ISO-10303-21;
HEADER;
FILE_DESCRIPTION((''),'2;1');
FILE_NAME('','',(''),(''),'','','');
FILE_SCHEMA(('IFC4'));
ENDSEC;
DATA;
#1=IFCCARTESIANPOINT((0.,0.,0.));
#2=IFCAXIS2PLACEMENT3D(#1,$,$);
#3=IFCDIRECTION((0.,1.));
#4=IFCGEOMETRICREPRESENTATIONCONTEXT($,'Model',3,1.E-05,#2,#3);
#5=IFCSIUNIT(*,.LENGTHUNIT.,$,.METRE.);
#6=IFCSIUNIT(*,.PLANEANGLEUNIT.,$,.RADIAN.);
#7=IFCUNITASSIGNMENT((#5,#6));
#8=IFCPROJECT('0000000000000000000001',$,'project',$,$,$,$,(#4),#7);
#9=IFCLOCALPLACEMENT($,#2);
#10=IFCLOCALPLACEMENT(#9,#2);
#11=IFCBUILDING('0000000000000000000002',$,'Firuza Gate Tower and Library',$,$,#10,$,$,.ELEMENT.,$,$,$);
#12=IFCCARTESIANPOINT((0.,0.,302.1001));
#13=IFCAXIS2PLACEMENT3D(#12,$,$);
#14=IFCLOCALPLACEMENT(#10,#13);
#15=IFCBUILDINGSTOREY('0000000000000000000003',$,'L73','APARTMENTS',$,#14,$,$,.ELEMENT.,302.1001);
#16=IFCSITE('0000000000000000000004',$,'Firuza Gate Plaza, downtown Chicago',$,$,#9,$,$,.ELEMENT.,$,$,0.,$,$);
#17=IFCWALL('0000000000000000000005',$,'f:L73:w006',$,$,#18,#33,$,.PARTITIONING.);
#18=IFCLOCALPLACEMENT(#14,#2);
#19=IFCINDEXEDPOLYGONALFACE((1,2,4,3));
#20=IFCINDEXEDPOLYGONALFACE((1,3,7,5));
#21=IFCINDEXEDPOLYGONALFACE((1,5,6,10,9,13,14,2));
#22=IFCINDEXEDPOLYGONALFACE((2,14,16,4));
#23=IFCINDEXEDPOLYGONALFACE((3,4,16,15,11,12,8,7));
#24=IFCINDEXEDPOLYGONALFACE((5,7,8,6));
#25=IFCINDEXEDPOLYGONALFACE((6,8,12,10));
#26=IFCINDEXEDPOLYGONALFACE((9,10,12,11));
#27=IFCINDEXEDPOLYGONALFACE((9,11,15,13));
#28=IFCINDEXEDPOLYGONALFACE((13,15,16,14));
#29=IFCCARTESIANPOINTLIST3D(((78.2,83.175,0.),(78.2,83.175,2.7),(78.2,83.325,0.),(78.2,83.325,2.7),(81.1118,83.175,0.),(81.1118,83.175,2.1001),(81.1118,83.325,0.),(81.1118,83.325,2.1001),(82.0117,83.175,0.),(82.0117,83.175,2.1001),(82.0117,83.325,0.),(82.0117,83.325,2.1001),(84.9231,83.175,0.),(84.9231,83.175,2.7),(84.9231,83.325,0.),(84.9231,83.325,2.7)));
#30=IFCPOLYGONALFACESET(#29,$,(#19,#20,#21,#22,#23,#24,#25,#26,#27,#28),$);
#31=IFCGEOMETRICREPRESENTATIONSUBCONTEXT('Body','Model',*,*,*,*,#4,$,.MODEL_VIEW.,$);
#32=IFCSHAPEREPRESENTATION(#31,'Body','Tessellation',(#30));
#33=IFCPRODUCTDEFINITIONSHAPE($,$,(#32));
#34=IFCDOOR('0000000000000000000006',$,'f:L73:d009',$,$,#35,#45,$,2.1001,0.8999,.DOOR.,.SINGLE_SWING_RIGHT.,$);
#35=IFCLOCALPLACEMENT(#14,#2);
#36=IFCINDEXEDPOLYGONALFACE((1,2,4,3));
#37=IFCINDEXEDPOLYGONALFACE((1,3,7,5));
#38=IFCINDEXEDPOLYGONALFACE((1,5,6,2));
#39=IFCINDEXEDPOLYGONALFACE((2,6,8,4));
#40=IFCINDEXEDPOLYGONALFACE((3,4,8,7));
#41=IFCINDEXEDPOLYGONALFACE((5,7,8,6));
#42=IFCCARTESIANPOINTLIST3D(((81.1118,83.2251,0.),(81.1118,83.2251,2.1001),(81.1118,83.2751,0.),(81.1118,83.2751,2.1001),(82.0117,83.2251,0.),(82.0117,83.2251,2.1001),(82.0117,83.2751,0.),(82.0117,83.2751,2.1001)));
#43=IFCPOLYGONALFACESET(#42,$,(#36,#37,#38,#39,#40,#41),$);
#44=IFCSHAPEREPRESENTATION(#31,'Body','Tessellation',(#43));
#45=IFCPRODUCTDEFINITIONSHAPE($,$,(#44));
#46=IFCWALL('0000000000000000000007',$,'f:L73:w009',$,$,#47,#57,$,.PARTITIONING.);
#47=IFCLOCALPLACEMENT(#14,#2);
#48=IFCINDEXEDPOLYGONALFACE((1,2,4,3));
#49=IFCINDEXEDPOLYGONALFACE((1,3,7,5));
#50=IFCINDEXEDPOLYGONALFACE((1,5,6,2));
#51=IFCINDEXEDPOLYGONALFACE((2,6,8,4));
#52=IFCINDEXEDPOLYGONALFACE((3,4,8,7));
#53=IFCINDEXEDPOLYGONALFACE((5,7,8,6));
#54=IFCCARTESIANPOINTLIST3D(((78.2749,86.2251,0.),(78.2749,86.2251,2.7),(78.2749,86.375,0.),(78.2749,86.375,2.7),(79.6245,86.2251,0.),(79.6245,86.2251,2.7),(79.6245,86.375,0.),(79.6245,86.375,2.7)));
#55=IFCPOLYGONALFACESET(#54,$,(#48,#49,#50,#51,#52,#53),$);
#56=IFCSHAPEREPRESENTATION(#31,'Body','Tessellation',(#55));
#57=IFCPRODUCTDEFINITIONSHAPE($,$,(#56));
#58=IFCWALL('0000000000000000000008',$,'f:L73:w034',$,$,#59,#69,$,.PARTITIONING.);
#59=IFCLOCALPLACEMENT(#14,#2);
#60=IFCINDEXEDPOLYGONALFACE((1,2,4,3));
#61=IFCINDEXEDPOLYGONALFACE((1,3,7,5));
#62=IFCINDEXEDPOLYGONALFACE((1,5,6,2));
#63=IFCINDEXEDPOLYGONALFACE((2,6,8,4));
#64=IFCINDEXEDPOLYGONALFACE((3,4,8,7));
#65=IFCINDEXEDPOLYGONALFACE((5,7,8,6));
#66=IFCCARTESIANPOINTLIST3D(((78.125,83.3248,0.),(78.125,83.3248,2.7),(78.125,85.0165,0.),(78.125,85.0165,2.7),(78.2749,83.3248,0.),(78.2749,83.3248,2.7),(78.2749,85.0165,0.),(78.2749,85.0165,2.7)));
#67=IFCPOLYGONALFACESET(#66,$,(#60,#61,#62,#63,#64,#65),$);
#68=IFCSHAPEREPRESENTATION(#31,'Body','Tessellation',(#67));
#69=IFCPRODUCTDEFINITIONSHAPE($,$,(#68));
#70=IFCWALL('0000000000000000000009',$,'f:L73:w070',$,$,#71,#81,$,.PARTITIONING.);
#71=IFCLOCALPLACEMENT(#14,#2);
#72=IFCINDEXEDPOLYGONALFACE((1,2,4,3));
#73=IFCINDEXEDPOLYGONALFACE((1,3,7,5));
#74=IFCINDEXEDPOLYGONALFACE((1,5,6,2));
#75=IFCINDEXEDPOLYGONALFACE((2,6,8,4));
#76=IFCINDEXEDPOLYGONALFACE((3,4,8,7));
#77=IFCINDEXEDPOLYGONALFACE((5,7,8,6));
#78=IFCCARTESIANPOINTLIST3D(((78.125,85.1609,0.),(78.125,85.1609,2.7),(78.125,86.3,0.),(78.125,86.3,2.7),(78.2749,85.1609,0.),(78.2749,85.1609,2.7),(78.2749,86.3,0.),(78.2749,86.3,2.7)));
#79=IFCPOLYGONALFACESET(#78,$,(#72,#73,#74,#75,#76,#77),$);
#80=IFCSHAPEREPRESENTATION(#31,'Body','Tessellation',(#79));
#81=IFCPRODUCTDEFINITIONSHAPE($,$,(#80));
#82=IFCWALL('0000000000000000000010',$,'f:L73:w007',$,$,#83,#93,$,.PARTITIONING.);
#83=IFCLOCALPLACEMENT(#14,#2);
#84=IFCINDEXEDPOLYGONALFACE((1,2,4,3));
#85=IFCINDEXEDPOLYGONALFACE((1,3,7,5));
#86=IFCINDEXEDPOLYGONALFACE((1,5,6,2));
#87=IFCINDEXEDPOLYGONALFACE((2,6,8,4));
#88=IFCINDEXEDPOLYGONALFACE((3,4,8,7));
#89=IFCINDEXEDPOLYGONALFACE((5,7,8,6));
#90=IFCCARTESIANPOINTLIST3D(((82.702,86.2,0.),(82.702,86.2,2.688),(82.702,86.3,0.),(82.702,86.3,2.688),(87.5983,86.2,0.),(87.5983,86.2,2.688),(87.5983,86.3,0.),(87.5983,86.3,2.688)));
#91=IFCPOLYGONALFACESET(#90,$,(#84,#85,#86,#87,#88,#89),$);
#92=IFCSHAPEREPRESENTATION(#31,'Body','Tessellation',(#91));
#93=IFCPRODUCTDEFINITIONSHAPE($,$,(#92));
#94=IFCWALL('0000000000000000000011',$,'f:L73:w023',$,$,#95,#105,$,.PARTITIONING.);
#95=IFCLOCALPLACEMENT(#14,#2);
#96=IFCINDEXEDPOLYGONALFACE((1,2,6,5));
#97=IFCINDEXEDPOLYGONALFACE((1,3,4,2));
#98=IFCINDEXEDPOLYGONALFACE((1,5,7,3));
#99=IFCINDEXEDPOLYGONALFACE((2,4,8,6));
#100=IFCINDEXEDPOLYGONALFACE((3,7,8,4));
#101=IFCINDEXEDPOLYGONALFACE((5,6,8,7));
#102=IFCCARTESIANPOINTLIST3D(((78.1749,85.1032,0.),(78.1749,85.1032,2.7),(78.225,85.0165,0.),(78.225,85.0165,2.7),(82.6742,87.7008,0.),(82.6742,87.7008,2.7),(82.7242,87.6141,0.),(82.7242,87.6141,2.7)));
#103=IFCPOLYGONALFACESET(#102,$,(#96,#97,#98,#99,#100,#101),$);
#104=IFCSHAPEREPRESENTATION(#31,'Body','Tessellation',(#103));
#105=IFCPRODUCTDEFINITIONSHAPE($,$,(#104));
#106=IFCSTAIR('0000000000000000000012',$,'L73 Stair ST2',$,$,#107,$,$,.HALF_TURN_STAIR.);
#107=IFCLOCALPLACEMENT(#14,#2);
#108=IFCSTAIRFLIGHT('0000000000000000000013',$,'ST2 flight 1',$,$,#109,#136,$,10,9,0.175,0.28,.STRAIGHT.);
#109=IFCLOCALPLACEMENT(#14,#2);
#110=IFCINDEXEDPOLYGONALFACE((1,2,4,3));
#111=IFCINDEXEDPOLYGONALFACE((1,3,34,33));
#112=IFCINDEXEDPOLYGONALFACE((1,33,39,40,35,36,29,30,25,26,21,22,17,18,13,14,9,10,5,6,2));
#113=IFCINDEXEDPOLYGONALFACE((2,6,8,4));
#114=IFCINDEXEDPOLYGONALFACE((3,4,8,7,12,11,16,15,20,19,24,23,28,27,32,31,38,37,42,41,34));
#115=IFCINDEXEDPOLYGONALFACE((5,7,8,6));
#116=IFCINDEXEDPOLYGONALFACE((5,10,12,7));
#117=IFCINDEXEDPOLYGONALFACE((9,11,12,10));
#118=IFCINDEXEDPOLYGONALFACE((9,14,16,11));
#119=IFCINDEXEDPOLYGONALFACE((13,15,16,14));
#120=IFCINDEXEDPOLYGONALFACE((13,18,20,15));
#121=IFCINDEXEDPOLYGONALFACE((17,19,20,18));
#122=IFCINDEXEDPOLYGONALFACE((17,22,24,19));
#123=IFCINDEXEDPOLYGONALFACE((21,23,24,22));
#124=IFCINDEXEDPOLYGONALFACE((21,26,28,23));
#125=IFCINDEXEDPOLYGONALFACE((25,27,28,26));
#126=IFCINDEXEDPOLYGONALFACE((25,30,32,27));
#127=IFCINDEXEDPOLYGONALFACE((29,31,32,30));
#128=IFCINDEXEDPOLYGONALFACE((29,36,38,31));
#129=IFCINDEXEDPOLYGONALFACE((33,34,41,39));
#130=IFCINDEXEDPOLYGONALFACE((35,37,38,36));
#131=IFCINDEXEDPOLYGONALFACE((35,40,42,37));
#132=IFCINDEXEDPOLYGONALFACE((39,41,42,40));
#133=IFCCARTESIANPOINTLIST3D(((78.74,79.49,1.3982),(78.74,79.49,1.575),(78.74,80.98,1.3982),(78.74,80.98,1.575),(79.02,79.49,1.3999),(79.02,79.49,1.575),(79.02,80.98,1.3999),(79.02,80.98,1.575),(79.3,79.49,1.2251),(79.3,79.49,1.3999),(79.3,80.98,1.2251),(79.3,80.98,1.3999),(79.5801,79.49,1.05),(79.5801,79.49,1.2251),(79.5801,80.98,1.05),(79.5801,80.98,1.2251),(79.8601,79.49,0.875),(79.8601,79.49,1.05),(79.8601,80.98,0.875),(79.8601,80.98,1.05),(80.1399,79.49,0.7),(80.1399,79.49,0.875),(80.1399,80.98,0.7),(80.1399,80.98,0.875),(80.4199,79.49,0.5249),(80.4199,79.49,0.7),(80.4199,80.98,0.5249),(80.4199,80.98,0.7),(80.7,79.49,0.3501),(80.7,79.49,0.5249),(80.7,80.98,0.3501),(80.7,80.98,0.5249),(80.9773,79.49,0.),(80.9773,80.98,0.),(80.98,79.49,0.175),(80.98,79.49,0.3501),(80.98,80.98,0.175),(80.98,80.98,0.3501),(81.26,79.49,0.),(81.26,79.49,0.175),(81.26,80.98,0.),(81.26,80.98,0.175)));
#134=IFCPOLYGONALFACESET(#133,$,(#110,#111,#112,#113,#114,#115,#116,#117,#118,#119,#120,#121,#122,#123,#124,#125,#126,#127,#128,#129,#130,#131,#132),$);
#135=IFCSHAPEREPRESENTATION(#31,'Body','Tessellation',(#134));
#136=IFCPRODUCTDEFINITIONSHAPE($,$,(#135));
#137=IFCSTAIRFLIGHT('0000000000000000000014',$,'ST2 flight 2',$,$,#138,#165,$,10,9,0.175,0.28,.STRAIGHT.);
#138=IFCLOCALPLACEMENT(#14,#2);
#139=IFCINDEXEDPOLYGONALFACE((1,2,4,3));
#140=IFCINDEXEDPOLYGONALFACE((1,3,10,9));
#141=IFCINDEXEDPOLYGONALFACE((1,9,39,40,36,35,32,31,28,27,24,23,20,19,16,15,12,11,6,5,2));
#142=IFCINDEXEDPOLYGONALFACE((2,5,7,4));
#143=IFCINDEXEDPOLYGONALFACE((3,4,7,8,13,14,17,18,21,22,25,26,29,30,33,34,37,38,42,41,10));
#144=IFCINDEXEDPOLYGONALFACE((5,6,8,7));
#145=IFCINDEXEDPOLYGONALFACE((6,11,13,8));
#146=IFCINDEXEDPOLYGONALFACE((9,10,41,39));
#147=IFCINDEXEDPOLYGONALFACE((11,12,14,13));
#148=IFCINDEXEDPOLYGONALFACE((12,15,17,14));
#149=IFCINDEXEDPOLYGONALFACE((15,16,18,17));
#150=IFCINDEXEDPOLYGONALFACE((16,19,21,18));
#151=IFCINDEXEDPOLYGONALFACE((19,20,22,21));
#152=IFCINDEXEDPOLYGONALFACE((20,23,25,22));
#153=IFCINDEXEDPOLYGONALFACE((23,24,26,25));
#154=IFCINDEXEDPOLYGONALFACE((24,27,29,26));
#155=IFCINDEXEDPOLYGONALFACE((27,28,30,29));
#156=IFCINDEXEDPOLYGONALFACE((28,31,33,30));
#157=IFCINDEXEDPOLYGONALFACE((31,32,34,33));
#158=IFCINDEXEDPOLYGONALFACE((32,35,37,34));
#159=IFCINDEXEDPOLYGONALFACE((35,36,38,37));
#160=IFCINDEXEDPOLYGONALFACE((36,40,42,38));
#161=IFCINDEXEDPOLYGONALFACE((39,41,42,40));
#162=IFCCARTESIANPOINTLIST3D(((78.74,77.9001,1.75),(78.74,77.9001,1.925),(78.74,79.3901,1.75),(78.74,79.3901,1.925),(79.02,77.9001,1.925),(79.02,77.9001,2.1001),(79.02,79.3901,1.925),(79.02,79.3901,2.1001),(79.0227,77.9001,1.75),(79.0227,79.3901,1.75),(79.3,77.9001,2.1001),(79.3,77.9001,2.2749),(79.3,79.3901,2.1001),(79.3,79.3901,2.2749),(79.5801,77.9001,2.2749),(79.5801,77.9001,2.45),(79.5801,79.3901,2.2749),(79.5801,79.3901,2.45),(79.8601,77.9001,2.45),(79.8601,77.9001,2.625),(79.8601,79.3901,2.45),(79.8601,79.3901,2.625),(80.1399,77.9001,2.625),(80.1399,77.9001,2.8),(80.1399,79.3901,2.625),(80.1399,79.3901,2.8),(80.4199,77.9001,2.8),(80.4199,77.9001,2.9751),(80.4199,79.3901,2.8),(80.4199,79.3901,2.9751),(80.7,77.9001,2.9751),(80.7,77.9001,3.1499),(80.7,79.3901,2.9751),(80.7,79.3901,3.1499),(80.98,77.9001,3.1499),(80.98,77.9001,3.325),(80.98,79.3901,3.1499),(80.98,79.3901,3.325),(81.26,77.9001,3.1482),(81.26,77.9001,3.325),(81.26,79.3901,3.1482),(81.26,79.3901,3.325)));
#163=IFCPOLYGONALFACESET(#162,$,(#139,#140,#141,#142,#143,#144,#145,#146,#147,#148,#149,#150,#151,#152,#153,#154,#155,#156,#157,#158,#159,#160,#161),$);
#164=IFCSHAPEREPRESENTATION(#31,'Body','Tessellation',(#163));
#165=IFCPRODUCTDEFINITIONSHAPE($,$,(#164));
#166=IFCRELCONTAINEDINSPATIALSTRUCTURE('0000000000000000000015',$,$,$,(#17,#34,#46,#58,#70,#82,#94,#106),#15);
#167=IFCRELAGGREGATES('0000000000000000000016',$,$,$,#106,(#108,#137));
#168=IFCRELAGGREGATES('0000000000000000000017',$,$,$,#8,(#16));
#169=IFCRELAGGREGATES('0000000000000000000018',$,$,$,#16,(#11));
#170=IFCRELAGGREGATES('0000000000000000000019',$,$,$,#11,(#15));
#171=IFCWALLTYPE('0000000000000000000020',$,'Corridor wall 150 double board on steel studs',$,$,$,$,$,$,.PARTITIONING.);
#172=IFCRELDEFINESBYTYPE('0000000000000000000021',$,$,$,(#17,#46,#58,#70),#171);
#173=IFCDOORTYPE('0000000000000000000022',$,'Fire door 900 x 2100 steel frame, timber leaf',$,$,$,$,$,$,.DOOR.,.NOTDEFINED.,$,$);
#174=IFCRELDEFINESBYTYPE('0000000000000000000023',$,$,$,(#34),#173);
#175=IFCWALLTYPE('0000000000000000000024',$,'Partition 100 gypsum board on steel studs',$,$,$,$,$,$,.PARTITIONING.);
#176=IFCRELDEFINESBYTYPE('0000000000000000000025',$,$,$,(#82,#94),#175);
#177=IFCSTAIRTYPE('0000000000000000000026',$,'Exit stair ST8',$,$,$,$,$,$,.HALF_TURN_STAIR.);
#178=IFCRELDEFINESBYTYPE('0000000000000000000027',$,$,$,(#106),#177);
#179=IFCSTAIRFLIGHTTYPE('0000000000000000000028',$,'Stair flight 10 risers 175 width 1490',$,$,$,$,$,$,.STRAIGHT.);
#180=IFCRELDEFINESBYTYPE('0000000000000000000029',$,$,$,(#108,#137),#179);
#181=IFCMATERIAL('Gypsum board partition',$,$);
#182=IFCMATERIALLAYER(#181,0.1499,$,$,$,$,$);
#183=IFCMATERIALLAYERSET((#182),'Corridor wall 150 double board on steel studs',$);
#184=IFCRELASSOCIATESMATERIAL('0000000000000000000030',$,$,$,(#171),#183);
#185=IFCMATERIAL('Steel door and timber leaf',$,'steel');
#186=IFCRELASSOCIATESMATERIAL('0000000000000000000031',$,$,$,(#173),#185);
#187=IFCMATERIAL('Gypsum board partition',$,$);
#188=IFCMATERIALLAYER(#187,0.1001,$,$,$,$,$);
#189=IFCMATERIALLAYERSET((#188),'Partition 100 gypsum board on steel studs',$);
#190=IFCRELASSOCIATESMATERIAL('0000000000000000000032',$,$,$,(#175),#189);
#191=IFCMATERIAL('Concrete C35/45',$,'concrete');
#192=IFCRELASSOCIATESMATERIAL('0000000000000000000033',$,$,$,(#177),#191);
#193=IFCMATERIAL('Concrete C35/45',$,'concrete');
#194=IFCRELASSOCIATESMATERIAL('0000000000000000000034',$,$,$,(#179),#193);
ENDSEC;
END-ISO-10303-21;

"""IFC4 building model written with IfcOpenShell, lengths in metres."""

from ifc_helpers import new_model, si_unit, direction, frame, frame_2d, origin, place, context, subcontext, project, spatial, polyline, rectangle, outline, extrude, material, layer, layer_set, type_object, element, fill, aggregate, save


model = new_model("IFC4")

# Units and contexts
model_context = context("Model", 3, precision=1e-05, world=origin(), true_north=direction((0.0, 1.0)))
body_context = subcontext(model_context, "Body", "Model", "MODEL_VIEW")
ifc_project = project(units=[si_unit("LENGTHUNIT", "METRE"), si_unit("PLANEANGLEUNIT", "RADIAN")], contexts=[model_context])

# Site, building, storey
site_placement = place(None, origin())
site = spatial("IfcSite", under=ifc_project, at=site_placement, Name="Firuza Gate Plaza, downtown Chicago", CompositionType="ELEMENT", RefElevation=0.0)
building_placement = place(site_placement, origin())
building = spatial("IfcBuilding", under=site, at=building_placement, Name="Firuza Gate Tower and Library", CompositionType="ELEMENT")
storey_placement = place(building_placement, frame((0.0, 0.0, 302.1001)))
storey = spatial("IfcBuildingStorey", under=building, at=storey_placement, Name="L73", Description="APARTMENTS", CompositionType="ELEMENT", Elevation=302.1001)

# Shared definitions
placement = place(storey_placement, origin())

# Wall, opening, door
ifc_material_1 = material(Name="Gypsum board partition")
ifc_layer_1 = layer(ifc_material_1, 0.1499)
ifc_layer_set_1 = layer_set([ifc_layer_1], Name="Corridor wall 150 double board on steel studs")
wall_type_1 = type_object("IfcWallType", Name="Corridor wall 150 double board on steel studs", PredefinedType="PARTITIONING", material=ifc_layer_set_1)
wall_1_placement = place(storey_placement, frame((84.9231, 83.25, 0.0), z_axis=(0.0, 0.0, 1.0), x_axis=(-1.0, 0.0, 0.0)))
wall_1 = element("IfcWall", 1, at=wall_1_placement, inside=storey, type_object=wall_type_1, Name="f:L73:w006", PredefinedType="PARTITIONING", context=body_context, shape_type="SweptSolid", body=[
    extrude(rectangle(XDim=6.7231, YDim=0.1499, at=frame_2d((3.3616, 0.0))), origin(), (0.0, 0.0, 1.0), 2.7),
])
opening_1_placement = place(wall_1_placement, frame((2.9114, 0.0, 0.0)))
opening_1 = element("IfcOpeningElement", 2, at=opening_1_placement, cuts=wall_1, PredefinedType="OPENING", context=body_context, shape_type="SweptSolid", body=[
    extrude(rectangle(XDim=0.8999, YDim=2.1001, at=frame_2d((0.45, 1.05))), frame((0.0, 0.085, 0.0), z_axis=(0.0, -1.0, 0.0), x_axis=(1.0, 0.0, 0.0)), (0.0, 0.0, 1.0), 0.1699),
])
ifc_material_2 = material(Name="Steel door and timber leaf", Category="steel")
door_type_1 = type_object("IfcDoorType", Name="Fire door 900 x 2100 steel frame, timber leaf", OperationType="NOTDEFINED", PredefinedType="DOOR", material=ifc_material_2)
door_1_placement = place(opening_1_placement, origin())
door_1 = element("IfcDoor", 3, at=door_1_placement, inside=storey, type_object=door_type_1, Name="f:L73:d009", OperationType="SINGLE_SWING_RIGHT", OverallHeight=2.1001, OverallWidth=0.8999, PredefinedType="DOOR", context=body_context, shape_type="SweptSolid", body=[
    extrude(rectangle(XDim=0.8999, YDim=2.1001, at=frame_2d((0.45, 1.05))), frame((0.0, 0.0249, 0.0), z_axis=(0.0, -1.0, 0.0), x_axis=(1.0, 0.0, 0.0)), (0.0, 0.0, 1.0), 0.05),
])
fill(opening_1, door_1)

# Walls
wall_2_placement = place(storey_placement, frame((78.2749, 86.3, 0.0), z_axis=(0.0, 0.0, 1.0), x_axis=(1.0, 0.0, 0.0)))
element("IfcWall", 4, at=wall_2_placement, inside=storey, type_object=wall_type_1, Name="f:L73:w009", PredefinedType="PARTITIONING", context=body_context, shape_type="SweptSolid", body=[
    extrude(rectangle(XDim=1.3496, YDim=0.1499, at=frame_2d((0.6748, 0.0))), origin(), (0.0, 0.0, 1.0), 2.7),
])
wall_3_placement = place(storey_placement, frame((78.2, 83.325, 0.0), z_axis=(0.0, 0.0, 1.0), x_axis=(0.0, 1.0, 0.0)))
element("IfcWall", 5, at=wall_3_placement, inside=storey, type_object=wall_type_1, Name="f:L73:w034", PredefinedType="PARTITIONING", context=body_context, shape_type="SweptSolid", body=[
    extrude(rectangle(XDim=1.6917, YDim=0.1499, at=frame_2d((0.8457, 0.0))), origin(), (0.0, 0.0, 1.0), 2.7),
])
wall_4_placement = place(storey_placement, frame((78.2, 85.1609, 0.0), z_axis=(0.0, 0.0, 1.0), x_axis=(0.0, 1.0, 0.0)))
element("IfcWall", 6, at=wall_4_placement, inside=storey, type_object=wall_type_1, Name="f:L73:w070", PredefinedType="PARTITIONING", context=body_context, shape_type="SweptSolid", body=[
    extrude(rectangle(XDim=1.1392, YDim=0.1499, at=frame_2d((0.5696, 0.0))), origin(), (0.0, 0.0, 1.0), 2.7),
])
ifc_material_3 = material(Name="Gypsum board partition")
ifc_layer_2 = layer(ifc_material_3, 0.1001)
ifc_layer_set_2 = layer_set([ifc_layer_2], Name="Partition 100 gypsum board on steel studs")
wall_type_2 = type_object("IfcWallType", Name="Partition 100 gypsum board on steel studs", PredefinedType="PARTITIONING", material=ifc_layer_set_2)
wall_5_placement = place(storey_placement, frame((82.7019, 86.25, 0.0), z_axis=(0.0, 0.0, 1.0), x_axis=(1.0, 0.0, 0.0)))
element("IfcWall", 7, at=wall_5_placement, inside=storey, type_object=wall_type_2, Name="f:L73:w007", PredefinedType="PARTITIONING", context=body_context, shape_type="SweptSolid", body=[
    extrude(rectangle(XDim=4.8962, YDim=0.1001, at=frame_2d((2.4482, 0.0))), origin(), (0.0, 0.0, 1.0), 2.688),
])
wall_6_placement = place(storey_placement, frame((78.2, 85.0598, 0.0), z_axis=(0.0, 0.0, 1.0), x_axis=(0.866025, 0.5, 0.0)))
element("IfcWall", 8, at=wall_6_placement, inside=storey, type_object=wall_type_2, Name="f:L73:w023", PredefinedType="PARTITIONING", context=body_context, shape_type="SweptSolid", body=[
    extrude(rectangle(XDim=5.1953, YDim=0.1001, at=frame_2d((2.5977, 0.0))), origin(), (0.0, 0.0, 1.0), 2.7),
])

# Stair, stair flights
ifc_material_4 = material(Name="Concrete C35/45", Category="concrete")
stair_type = type_object("IfcStairType", Name="Exit stair ST8", PredefinedType="HALF_TURN_STAIR", material=ifc_material_4)
stair = element("IfcStair", 9, at=placement, inside=storey, type_object=stair_type, Name="L73 Stair ST2", PredefinedType="HALF_TURN_STAIR")
ifc_material_5 = material(Name="Concrete C35/45", Category="concrete")
stair_flight_type = type_object("IfcStairFlightType", Name="Stair flight 10 risers 175 width 1490", PredefinedType="STRAIGHT", material=ifc_material_5)
stair_flight_1_placement = place(storey_placement, frame((81.26, 80.2351, 0.0), z_axis=(0.0, 0.0, 1.0), x_axis=(-1.0, 0.0, 0.0)))
stair_flight_1 = element("IfcStairFlight", 10, at=stair_flight_1_placement, type_object=stair_flight_type, Name="ST2 flight 1", NumberOfRisers=10, NumberOfTreads=9, PredefinedType="STRAIGHT", RiserHeight=0.175, TreadLength=0.28, context=body_context, shape_type="SweptSolid", body=[
    extrude(outline(polyline([(0.0, 0.0), (0.0, 0.175), (0.28, 0.175), (0.28, 0.3501), (0.5601, 0.3501), (0.5601, 0.5249), (0.8401, 0.5249), (0.8401, 0.7), (1.1201, 0.7), (1.1201, 0.875), (1.3999, 0.875), (1.3999, 1.05), (1.6799, 1.05), (1.6799, 1.2251), (1.96, 1.2251), (1.96, 1.3999), (2.24, 1.3999), (2.24, 1.575), (2.52, 1.575), (2.52, 1.75), (2.52, 1.3982), (0.2827, 0.0), (0.0, 0.0)])), frame((0.0, 0.7451, 0.0), z_axis=(0.0, -1.0, 0.0), x_axis=(1.0, 0.0, 0.0)), (0.0, 0.0, 1.0), 1.49),
])
stair_flight_2_placement = place(storey_placement, frame((78.74, 78.645, 1.75), z_axis=(0.0, 0.0, 1.0), x_axis=(1.0, 0.0, 0.0)))
stair_flight_2 = element("IfcStairFlight", 11, at=stair_flight_2_placement, type_object=stair_flight_type, Name="ST2 flight 2", NumberOfRisers=10, NumberOfTreads=9, PredefinedType="STRAIGHT", RiserHeight=0.175, TreadLength=0.28, context=body_context, shape_type="SweptSolid", body=[
    extrude(outline(polyline([(0.0, 0.0), (0.0, 0.175), (0.28, 0.175), (0.28, 0.3501), (0.5601, 0.3501), (0.5601, 0.5249), (0.8401, 0.5249), (0.8401, 0.7), (1.1201, 0.7), (1.1201, 0.875), (1.3999, 0.875), (1.3999, 1.05), (1.6799, 1.05), (1.6799, 1.2251), (1.96, 1.2251), (1.96, 1.3999), (2.24, 1.3999), (2.24, 1.575), (2.52, 1.575), (2.52, 1.75), (2.52, 1.3982), (0.2827, 0.0), (0.0, 0.0)])), frame((0.0, 0.7451, 0.0), z_axis=(0.0, -1.0, 0.0), x_axis=(1.0, 0.0, 0.0)), (0.0, 0.0, 1.0), 1.49),
])
aggregate(stair, [stair_flight_1, stair_flight_2])

save(model, "model.ifc")
